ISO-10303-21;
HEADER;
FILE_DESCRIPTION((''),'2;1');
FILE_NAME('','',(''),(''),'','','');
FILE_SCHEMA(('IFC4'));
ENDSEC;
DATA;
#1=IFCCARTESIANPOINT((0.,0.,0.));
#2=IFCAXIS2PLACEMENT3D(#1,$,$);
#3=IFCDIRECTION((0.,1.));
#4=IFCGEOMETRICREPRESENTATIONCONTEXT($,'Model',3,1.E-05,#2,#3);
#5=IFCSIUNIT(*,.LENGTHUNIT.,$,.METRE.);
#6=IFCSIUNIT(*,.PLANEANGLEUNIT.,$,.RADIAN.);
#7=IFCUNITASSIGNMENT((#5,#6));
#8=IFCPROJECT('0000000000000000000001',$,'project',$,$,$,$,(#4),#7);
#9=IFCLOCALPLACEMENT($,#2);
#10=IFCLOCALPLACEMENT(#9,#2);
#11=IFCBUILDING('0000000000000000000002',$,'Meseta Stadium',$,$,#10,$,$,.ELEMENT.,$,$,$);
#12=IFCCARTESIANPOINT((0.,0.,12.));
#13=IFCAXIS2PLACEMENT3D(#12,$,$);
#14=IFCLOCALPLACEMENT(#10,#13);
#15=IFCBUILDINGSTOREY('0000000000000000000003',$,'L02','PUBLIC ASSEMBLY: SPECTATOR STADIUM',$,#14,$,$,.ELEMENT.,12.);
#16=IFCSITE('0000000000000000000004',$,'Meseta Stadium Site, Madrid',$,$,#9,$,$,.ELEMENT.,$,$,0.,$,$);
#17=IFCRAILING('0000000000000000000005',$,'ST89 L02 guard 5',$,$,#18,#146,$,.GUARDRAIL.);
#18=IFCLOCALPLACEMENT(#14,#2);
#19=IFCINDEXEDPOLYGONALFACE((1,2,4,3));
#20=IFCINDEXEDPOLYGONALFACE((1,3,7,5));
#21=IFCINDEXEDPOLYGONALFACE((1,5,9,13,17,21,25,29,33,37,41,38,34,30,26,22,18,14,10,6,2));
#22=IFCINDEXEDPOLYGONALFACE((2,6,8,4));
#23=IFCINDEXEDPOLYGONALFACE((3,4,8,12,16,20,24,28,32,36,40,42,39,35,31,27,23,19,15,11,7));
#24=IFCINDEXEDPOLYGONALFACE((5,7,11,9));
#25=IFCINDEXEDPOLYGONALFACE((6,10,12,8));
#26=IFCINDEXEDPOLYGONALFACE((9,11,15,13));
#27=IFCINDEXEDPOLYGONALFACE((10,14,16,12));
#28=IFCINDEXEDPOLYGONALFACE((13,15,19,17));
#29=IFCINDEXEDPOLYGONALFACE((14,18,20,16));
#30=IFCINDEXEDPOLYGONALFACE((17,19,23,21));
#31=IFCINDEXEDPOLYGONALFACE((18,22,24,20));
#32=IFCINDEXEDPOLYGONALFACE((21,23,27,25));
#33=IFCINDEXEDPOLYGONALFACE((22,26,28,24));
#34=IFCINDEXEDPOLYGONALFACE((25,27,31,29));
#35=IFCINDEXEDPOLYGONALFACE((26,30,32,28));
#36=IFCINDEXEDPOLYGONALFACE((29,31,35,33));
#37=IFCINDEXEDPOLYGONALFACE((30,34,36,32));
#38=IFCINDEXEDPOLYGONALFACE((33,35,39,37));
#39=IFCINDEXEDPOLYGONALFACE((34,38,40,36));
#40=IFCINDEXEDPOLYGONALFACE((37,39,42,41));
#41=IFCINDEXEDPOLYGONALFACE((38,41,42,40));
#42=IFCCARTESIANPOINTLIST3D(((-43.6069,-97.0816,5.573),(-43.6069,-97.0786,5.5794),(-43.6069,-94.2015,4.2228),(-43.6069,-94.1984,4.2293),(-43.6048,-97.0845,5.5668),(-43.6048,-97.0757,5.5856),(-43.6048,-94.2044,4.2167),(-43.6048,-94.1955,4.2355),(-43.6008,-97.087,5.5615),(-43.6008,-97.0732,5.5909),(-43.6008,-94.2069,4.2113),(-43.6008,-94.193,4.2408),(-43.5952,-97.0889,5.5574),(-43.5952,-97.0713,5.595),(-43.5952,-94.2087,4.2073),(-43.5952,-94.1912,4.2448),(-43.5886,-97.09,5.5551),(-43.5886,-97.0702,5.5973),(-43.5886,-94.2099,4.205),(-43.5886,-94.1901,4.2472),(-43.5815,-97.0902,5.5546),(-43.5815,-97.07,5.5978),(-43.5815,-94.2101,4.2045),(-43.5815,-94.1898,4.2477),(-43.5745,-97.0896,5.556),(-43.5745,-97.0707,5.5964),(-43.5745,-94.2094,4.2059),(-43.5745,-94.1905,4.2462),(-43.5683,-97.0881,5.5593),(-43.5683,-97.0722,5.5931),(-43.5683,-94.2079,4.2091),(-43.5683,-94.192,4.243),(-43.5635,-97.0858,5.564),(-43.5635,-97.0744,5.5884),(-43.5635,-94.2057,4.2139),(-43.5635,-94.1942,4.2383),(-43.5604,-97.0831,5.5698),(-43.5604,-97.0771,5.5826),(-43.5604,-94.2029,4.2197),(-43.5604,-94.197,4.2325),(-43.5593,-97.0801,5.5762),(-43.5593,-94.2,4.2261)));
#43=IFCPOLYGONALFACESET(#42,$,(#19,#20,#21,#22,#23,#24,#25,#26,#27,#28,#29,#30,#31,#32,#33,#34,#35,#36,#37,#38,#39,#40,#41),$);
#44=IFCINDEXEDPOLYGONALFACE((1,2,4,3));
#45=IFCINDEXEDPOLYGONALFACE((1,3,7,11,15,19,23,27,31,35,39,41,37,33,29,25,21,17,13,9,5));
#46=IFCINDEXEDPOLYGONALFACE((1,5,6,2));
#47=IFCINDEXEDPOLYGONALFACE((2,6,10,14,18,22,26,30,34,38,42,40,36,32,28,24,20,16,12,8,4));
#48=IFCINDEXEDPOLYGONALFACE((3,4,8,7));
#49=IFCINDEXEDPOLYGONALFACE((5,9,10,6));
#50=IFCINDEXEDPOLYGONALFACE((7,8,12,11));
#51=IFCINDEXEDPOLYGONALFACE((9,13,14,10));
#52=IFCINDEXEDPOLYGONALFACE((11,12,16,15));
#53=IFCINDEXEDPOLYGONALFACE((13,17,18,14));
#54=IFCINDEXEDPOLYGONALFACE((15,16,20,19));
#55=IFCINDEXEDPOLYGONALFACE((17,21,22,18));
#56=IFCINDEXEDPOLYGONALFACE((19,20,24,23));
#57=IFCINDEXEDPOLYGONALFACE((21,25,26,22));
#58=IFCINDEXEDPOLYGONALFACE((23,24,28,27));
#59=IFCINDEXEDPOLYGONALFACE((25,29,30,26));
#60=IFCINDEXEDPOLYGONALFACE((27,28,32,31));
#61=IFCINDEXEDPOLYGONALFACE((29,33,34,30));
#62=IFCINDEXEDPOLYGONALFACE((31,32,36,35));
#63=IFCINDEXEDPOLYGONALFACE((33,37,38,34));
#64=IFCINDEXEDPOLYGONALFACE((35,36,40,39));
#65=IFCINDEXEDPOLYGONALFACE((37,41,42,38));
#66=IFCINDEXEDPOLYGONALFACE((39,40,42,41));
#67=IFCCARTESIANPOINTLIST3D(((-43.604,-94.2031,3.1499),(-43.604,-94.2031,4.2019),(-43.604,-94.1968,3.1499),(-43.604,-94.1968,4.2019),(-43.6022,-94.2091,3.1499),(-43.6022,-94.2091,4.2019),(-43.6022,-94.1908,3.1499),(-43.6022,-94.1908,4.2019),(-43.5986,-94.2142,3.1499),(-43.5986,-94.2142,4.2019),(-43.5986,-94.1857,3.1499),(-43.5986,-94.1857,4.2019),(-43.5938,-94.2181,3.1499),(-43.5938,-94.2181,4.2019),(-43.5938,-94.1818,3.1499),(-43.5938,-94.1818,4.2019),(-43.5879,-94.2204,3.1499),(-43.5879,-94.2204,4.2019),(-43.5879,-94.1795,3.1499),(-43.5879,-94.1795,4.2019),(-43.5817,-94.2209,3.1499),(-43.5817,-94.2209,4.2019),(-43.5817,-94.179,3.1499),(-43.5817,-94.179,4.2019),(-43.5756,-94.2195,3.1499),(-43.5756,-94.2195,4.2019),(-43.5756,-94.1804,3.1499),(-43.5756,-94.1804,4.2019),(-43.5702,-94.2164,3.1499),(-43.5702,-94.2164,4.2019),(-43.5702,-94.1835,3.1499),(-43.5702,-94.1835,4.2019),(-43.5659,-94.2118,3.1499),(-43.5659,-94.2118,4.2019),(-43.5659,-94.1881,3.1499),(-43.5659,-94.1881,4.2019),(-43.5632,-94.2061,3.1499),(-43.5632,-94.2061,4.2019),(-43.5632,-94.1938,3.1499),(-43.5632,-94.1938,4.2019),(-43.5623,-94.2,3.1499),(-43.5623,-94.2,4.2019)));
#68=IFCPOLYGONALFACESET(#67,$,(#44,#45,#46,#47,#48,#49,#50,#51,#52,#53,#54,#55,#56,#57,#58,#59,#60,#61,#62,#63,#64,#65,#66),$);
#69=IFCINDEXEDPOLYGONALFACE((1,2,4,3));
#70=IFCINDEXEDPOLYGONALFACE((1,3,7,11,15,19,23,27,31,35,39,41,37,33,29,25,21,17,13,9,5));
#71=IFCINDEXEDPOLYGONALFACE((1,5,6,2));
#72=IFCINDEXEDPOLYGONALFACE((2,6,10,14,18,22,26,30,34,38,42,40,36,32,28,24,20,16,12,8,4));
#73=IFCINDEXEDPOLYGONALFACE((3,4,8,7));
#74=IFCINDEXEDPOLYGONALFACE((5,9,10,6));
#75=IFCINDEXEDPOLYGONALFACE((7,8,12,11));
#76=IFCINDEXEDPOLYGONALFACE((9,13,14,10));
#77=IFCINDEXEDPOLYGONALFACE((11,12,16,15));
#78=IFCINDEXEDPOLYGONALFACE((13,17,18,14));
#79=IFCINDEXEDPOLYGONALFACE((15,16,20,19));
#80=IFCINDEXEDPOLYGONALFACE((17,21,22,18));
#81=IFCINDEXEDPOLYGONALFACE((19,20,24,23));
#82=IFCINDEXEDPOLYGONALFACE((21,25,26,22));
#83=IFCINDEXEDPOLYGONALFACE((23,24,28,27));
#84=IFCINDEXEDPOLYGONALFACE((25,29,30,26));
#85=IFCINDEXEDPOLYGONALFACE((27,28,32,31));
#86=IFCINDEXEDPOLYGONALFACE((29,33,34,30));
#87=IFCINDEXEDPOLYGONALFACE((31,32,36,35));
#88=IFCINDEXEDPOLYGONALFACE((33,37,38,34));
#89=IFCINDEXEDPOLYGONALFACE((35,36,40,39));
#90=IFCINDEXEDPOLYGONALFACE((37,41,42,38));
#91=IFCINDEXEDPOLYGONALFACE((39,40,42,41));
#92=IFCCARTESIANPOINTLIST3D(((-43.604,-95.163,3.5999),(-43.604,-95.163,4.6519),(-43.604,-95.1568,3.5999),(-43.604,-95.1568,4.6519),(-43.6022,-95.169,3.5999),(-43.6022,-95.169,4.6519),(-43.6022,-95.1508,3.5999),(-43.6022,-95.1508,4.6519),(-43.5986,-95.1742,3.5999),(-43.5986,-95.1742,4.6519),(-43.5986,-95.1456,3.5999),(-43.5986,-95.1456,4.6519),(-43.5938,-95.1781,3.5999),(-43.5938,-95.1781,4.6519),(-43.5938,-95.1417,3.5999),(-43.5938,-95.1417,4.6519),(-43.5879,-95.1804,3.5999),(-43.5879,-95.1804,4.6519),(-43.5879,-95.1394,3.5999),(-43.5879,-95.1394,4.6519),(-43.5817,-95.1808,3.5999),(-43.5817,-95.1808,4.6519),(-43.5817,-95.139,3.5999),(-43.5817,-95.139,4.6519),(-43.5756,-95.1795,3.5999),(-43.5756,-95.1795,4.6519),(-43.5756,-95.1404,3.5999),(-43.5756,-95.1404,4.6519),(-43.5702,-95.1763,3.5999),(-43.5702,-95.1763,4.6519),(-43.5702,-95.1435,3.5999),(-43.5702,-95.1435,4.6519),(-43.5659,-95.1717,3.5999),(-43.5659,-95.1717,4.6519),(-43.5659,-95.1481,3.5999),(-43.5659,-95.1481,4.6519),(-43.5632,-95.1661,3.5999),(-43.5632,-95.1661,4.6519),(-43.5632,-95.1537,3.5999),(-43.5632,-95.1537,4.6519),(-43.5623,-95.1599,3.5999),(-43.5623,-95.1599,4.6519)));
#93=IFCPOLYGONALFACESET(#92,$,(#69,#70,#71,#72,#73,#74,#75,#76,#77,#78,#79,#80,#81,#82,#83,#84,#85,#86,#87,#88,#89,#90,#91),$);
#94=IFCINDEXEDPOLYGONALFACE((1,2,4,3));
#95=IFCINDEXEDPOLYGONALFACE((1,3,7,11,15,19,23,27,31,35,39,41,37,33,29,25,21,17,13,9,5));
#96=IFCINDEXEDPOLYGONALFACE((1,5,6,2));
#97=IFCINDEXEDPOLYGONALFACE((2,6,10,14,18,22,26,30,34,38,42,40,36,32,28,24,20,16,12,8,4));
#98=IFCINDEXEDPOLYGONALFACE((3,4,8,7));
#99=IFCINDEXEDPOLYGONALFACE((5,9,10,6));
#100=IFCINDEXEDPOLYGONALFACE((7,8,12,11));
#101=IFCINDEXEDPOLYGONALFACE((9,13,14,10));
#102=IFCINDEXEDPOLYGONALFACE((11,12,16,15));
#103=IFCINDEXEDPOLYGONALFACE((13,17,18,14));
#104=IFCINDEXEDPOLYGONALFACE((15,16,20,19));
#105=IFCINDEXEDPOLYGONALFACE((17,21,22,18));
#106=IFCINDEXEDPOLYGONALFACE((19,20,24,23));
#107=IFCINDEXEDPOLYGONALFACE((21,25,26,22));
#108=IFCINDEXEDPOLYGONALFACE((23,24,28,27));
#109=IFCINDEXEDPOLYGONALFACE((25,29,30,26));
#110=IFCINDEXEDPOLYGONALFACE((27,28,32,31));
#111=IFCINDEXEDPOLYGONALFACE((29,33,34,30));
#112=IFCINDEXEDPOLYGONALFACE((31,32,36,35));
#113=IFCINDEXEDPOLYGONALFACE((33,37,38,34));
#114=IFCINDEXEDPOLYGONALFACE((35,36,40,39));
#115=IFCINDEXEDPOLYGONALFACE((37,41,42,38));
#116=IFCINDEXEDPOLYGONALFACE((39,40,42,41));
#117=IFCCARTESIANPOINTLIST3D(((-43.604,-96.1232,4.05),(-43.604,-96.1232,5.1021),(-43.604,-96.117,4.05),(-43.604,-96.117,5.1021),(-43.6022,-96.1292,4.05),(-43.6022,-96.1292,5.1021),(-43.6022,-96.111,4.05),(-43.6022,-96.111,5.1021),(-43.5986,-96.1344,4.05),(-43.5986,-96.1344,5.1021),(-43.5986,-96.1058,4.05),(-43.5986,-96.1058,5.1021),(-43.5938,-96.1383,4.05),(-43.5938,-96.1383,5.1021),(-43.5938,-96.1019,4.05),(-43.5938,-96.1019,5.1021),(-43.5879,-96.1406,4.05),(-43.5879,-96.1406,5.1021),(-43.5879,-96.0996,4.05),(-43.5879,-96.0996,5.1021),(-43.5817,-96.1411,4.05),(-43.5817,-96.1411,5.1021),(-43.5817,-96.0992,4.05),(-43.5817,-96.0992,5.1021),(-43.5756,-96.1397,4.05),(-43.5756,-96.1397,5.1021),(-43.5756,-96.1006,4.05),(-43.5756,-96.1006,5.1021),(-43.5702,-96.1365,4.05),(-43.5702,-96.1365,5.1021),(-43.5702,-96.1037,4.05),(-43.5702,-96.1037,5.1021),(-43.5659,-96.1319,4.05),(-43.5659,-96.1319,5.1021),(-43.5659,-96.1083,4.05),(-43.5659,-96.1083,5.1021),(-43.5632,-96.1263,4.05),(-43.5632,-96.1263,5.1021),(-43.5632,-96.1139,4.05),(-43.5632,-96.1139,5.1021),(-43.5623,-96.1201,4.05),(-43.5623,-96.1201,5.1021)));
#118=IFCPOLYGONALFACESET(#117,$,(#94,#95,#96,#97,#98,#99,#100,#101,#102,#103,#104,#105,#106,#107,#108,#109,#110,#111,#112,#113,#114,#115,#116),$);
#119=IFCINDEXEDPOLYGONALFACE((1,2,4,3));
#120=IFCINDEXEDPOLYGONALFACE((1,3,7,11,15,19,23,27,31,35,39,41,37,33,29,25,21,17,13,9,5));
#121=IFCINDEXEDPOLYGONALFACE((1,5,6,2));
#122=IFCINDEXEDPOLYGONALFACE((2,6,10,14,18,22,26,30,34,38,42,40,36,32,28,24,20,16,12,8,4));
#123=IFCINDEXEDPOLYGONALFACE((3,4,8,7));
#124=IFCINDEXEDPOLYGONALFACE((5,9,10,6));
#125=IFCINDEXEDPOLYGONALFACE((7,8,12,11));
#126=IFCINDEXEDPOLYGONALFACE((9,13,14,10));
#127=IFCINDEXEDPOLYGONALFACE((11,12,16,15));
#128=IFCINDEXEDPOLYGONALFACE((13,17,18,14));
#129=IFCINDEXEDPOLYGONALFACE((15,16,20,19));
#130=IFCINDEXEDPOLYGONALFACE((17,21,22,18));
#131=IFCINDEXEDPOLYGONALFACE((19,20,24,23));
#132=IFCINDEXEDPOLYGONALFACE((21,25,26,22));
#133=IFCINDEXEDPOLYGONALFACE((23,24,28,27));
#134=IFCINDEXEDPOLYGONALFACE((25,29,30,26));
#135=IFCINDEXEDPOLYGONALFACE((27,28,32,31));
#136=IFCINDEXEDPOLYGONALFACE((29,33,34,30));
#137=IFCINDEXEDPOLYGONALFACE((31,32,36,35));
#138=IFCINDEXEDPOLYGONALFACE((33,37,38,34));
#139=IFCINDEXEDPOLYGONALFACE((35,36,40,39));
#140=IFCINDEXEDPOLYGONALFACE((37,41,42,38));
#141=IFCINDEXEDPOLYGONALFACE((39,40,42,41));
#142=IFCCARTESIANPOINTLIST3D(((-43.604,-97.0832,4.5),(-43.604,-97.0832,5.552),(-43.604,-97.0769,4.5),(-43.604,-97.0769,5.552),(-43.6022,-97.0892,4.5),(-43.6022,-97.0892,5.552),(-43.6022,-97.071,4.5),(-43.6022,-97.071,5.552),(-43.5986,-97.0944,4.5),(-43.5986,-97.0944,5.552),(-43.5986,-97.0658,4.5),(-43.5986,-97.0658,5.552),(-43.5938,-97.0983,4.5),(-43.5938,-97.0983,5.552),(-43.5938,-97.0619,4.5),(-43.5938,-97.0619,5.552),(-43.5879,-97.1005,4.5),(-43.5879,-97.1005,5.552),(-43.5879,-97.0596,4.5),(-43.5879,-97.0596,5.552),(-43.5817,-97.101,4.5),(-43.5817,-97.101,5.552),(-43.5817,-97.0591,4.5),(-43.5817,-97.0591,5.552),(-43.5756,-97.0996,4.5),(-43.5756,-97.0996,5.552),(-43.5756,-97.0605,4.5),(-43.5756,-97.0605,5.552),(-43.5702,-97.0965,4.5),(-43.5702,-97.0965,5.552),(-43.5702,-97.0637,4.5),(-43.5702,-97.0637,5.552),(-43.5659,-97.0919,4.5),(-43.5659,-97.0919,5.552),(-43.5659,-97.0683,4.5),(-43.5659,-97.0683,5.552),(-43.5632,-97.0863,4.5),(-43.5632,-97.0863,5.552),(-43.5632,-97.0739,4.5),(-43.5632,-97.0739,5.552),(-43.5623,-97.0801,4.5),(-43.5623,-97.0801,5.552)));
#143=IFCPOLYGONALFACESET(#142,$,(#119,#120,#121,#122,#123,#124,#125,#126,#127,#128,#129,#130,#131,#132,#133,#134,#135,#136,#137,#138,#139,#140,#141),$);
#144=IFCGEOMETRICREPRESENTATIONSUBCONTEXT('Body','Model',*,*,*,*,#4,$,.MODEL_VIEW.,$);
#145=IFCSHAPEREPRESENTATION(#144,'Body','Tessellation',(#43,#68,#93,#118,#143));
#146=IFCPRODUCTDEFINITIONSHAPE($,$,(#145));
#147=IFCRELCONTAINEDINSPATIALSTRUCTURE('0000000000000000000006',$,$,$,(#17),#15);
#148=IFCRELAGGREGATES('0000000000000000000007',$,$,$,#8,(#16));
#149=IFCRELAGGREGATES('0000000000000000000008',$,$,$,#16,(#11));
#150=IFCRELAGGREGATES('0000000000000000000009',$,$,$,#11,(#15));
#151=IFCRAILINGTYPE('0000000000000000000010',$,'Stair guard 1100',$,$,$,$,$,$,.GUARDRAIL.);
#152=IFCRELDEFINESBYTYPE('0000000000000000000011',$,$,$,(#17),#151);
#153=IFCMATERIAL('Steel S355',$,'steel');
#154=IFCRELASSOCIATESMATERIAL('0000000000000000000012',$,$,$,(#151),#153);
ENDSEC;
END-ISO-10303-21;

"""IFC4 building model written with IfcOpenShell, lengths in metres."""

from ifc_helpers import new_model, si_unit, direction, frame, origin, origin_2d, place, context, subcontext, project, spatial, circle, extrude, material, type_object, element, save


model = new_model("IFC4")

# Units and contexts
model_context = context("Model", 3, precision=1e-05, world=origin(), true_north=direction((0.0, 1.0)))
body_context = subcontext(model_context, "Body", "Model", "MODEL_VIEW")
ifc_project = project(units=[si_unit("LENGTHUNIT", "METRE"), si_unit("PLANEANGLEUNIT", "RADIAN")], contexts=[model_context])

# Site, building, storey
site_placement = place(None, origin())
site = spatial("IfcSite", under=ifc_project, at=site_placement, Name="Meseta Stadium Site, Madrid", CompositionType="ELEMENT", RefElevation=0.0)
building_placement = place(site_placement, origin())
building = spatial("IfcBuilding", under=site, at=building_placement, Name="Meseta Stadium", CompositionType="ELEMENT")
storey_placement = place(building_placement, frame((0.0, 0.0, 12.0)))
storey = spatial("IfcBuildingStorey", under=building, at=storey_placement, Name="L02", Description="PUBLIC ASSEMBLY: SPECTATOR STADIUM", CompositionType="ELEMENT", Elevation=12.0)

# Railing
ifc_material_1 = material(Name="Steel S355", Category="steel")
railing_type_1 = type_object("IfcRailingType", Name="Stair guard 1100", PredefinedType="GUARDRAIL", material=ifc_material_1)
for number, where, name in (
    (1, (-43.5833, -94.2, 3.1499), "ST89 L02 guard 5"),
):
    element("IfcRailing", number, at=place(storey_placement, frame(where)), inside=storey, type_object=railing_type_1, Name=name, PredefinedType="GUARDRAIL", context=body_context, shape_type="SweptSolid", body=[
        extrude(circle(Radius=0.0239, at=origin_2d()), frame((0.0, 0.0, 1.0762), z_axis=(0.0, -0.905454, 0.424444), x_axis=(1.0, 0.0, 0.0)), (0.0, 0.0, 1.0), 3.1809),
        extrude(circle(Radius=0.021, at=origin_2d()), origin(), (0.0, 0.0, 1.0), 1.052),
        extrude(circle(Radius=0.021, at=origin_2d()), frame((0.0, -0.96, 0.45)), (0.0, 0.0, 1.0), 1.052),
        extrude(circle(Radius=0.021, at=origin_2d()), frame((0.0, -1.9202, 0.9001)), (0.0, 0.0, 1.0), 1.052),
        extrude(circle(Radius=0.021, at=origin_2d()), frame((0.0, -2.8801, 1.3501)), (0.0, 0.0, 1.0), 1.052),
    ])

save(model, "model.ifc")
